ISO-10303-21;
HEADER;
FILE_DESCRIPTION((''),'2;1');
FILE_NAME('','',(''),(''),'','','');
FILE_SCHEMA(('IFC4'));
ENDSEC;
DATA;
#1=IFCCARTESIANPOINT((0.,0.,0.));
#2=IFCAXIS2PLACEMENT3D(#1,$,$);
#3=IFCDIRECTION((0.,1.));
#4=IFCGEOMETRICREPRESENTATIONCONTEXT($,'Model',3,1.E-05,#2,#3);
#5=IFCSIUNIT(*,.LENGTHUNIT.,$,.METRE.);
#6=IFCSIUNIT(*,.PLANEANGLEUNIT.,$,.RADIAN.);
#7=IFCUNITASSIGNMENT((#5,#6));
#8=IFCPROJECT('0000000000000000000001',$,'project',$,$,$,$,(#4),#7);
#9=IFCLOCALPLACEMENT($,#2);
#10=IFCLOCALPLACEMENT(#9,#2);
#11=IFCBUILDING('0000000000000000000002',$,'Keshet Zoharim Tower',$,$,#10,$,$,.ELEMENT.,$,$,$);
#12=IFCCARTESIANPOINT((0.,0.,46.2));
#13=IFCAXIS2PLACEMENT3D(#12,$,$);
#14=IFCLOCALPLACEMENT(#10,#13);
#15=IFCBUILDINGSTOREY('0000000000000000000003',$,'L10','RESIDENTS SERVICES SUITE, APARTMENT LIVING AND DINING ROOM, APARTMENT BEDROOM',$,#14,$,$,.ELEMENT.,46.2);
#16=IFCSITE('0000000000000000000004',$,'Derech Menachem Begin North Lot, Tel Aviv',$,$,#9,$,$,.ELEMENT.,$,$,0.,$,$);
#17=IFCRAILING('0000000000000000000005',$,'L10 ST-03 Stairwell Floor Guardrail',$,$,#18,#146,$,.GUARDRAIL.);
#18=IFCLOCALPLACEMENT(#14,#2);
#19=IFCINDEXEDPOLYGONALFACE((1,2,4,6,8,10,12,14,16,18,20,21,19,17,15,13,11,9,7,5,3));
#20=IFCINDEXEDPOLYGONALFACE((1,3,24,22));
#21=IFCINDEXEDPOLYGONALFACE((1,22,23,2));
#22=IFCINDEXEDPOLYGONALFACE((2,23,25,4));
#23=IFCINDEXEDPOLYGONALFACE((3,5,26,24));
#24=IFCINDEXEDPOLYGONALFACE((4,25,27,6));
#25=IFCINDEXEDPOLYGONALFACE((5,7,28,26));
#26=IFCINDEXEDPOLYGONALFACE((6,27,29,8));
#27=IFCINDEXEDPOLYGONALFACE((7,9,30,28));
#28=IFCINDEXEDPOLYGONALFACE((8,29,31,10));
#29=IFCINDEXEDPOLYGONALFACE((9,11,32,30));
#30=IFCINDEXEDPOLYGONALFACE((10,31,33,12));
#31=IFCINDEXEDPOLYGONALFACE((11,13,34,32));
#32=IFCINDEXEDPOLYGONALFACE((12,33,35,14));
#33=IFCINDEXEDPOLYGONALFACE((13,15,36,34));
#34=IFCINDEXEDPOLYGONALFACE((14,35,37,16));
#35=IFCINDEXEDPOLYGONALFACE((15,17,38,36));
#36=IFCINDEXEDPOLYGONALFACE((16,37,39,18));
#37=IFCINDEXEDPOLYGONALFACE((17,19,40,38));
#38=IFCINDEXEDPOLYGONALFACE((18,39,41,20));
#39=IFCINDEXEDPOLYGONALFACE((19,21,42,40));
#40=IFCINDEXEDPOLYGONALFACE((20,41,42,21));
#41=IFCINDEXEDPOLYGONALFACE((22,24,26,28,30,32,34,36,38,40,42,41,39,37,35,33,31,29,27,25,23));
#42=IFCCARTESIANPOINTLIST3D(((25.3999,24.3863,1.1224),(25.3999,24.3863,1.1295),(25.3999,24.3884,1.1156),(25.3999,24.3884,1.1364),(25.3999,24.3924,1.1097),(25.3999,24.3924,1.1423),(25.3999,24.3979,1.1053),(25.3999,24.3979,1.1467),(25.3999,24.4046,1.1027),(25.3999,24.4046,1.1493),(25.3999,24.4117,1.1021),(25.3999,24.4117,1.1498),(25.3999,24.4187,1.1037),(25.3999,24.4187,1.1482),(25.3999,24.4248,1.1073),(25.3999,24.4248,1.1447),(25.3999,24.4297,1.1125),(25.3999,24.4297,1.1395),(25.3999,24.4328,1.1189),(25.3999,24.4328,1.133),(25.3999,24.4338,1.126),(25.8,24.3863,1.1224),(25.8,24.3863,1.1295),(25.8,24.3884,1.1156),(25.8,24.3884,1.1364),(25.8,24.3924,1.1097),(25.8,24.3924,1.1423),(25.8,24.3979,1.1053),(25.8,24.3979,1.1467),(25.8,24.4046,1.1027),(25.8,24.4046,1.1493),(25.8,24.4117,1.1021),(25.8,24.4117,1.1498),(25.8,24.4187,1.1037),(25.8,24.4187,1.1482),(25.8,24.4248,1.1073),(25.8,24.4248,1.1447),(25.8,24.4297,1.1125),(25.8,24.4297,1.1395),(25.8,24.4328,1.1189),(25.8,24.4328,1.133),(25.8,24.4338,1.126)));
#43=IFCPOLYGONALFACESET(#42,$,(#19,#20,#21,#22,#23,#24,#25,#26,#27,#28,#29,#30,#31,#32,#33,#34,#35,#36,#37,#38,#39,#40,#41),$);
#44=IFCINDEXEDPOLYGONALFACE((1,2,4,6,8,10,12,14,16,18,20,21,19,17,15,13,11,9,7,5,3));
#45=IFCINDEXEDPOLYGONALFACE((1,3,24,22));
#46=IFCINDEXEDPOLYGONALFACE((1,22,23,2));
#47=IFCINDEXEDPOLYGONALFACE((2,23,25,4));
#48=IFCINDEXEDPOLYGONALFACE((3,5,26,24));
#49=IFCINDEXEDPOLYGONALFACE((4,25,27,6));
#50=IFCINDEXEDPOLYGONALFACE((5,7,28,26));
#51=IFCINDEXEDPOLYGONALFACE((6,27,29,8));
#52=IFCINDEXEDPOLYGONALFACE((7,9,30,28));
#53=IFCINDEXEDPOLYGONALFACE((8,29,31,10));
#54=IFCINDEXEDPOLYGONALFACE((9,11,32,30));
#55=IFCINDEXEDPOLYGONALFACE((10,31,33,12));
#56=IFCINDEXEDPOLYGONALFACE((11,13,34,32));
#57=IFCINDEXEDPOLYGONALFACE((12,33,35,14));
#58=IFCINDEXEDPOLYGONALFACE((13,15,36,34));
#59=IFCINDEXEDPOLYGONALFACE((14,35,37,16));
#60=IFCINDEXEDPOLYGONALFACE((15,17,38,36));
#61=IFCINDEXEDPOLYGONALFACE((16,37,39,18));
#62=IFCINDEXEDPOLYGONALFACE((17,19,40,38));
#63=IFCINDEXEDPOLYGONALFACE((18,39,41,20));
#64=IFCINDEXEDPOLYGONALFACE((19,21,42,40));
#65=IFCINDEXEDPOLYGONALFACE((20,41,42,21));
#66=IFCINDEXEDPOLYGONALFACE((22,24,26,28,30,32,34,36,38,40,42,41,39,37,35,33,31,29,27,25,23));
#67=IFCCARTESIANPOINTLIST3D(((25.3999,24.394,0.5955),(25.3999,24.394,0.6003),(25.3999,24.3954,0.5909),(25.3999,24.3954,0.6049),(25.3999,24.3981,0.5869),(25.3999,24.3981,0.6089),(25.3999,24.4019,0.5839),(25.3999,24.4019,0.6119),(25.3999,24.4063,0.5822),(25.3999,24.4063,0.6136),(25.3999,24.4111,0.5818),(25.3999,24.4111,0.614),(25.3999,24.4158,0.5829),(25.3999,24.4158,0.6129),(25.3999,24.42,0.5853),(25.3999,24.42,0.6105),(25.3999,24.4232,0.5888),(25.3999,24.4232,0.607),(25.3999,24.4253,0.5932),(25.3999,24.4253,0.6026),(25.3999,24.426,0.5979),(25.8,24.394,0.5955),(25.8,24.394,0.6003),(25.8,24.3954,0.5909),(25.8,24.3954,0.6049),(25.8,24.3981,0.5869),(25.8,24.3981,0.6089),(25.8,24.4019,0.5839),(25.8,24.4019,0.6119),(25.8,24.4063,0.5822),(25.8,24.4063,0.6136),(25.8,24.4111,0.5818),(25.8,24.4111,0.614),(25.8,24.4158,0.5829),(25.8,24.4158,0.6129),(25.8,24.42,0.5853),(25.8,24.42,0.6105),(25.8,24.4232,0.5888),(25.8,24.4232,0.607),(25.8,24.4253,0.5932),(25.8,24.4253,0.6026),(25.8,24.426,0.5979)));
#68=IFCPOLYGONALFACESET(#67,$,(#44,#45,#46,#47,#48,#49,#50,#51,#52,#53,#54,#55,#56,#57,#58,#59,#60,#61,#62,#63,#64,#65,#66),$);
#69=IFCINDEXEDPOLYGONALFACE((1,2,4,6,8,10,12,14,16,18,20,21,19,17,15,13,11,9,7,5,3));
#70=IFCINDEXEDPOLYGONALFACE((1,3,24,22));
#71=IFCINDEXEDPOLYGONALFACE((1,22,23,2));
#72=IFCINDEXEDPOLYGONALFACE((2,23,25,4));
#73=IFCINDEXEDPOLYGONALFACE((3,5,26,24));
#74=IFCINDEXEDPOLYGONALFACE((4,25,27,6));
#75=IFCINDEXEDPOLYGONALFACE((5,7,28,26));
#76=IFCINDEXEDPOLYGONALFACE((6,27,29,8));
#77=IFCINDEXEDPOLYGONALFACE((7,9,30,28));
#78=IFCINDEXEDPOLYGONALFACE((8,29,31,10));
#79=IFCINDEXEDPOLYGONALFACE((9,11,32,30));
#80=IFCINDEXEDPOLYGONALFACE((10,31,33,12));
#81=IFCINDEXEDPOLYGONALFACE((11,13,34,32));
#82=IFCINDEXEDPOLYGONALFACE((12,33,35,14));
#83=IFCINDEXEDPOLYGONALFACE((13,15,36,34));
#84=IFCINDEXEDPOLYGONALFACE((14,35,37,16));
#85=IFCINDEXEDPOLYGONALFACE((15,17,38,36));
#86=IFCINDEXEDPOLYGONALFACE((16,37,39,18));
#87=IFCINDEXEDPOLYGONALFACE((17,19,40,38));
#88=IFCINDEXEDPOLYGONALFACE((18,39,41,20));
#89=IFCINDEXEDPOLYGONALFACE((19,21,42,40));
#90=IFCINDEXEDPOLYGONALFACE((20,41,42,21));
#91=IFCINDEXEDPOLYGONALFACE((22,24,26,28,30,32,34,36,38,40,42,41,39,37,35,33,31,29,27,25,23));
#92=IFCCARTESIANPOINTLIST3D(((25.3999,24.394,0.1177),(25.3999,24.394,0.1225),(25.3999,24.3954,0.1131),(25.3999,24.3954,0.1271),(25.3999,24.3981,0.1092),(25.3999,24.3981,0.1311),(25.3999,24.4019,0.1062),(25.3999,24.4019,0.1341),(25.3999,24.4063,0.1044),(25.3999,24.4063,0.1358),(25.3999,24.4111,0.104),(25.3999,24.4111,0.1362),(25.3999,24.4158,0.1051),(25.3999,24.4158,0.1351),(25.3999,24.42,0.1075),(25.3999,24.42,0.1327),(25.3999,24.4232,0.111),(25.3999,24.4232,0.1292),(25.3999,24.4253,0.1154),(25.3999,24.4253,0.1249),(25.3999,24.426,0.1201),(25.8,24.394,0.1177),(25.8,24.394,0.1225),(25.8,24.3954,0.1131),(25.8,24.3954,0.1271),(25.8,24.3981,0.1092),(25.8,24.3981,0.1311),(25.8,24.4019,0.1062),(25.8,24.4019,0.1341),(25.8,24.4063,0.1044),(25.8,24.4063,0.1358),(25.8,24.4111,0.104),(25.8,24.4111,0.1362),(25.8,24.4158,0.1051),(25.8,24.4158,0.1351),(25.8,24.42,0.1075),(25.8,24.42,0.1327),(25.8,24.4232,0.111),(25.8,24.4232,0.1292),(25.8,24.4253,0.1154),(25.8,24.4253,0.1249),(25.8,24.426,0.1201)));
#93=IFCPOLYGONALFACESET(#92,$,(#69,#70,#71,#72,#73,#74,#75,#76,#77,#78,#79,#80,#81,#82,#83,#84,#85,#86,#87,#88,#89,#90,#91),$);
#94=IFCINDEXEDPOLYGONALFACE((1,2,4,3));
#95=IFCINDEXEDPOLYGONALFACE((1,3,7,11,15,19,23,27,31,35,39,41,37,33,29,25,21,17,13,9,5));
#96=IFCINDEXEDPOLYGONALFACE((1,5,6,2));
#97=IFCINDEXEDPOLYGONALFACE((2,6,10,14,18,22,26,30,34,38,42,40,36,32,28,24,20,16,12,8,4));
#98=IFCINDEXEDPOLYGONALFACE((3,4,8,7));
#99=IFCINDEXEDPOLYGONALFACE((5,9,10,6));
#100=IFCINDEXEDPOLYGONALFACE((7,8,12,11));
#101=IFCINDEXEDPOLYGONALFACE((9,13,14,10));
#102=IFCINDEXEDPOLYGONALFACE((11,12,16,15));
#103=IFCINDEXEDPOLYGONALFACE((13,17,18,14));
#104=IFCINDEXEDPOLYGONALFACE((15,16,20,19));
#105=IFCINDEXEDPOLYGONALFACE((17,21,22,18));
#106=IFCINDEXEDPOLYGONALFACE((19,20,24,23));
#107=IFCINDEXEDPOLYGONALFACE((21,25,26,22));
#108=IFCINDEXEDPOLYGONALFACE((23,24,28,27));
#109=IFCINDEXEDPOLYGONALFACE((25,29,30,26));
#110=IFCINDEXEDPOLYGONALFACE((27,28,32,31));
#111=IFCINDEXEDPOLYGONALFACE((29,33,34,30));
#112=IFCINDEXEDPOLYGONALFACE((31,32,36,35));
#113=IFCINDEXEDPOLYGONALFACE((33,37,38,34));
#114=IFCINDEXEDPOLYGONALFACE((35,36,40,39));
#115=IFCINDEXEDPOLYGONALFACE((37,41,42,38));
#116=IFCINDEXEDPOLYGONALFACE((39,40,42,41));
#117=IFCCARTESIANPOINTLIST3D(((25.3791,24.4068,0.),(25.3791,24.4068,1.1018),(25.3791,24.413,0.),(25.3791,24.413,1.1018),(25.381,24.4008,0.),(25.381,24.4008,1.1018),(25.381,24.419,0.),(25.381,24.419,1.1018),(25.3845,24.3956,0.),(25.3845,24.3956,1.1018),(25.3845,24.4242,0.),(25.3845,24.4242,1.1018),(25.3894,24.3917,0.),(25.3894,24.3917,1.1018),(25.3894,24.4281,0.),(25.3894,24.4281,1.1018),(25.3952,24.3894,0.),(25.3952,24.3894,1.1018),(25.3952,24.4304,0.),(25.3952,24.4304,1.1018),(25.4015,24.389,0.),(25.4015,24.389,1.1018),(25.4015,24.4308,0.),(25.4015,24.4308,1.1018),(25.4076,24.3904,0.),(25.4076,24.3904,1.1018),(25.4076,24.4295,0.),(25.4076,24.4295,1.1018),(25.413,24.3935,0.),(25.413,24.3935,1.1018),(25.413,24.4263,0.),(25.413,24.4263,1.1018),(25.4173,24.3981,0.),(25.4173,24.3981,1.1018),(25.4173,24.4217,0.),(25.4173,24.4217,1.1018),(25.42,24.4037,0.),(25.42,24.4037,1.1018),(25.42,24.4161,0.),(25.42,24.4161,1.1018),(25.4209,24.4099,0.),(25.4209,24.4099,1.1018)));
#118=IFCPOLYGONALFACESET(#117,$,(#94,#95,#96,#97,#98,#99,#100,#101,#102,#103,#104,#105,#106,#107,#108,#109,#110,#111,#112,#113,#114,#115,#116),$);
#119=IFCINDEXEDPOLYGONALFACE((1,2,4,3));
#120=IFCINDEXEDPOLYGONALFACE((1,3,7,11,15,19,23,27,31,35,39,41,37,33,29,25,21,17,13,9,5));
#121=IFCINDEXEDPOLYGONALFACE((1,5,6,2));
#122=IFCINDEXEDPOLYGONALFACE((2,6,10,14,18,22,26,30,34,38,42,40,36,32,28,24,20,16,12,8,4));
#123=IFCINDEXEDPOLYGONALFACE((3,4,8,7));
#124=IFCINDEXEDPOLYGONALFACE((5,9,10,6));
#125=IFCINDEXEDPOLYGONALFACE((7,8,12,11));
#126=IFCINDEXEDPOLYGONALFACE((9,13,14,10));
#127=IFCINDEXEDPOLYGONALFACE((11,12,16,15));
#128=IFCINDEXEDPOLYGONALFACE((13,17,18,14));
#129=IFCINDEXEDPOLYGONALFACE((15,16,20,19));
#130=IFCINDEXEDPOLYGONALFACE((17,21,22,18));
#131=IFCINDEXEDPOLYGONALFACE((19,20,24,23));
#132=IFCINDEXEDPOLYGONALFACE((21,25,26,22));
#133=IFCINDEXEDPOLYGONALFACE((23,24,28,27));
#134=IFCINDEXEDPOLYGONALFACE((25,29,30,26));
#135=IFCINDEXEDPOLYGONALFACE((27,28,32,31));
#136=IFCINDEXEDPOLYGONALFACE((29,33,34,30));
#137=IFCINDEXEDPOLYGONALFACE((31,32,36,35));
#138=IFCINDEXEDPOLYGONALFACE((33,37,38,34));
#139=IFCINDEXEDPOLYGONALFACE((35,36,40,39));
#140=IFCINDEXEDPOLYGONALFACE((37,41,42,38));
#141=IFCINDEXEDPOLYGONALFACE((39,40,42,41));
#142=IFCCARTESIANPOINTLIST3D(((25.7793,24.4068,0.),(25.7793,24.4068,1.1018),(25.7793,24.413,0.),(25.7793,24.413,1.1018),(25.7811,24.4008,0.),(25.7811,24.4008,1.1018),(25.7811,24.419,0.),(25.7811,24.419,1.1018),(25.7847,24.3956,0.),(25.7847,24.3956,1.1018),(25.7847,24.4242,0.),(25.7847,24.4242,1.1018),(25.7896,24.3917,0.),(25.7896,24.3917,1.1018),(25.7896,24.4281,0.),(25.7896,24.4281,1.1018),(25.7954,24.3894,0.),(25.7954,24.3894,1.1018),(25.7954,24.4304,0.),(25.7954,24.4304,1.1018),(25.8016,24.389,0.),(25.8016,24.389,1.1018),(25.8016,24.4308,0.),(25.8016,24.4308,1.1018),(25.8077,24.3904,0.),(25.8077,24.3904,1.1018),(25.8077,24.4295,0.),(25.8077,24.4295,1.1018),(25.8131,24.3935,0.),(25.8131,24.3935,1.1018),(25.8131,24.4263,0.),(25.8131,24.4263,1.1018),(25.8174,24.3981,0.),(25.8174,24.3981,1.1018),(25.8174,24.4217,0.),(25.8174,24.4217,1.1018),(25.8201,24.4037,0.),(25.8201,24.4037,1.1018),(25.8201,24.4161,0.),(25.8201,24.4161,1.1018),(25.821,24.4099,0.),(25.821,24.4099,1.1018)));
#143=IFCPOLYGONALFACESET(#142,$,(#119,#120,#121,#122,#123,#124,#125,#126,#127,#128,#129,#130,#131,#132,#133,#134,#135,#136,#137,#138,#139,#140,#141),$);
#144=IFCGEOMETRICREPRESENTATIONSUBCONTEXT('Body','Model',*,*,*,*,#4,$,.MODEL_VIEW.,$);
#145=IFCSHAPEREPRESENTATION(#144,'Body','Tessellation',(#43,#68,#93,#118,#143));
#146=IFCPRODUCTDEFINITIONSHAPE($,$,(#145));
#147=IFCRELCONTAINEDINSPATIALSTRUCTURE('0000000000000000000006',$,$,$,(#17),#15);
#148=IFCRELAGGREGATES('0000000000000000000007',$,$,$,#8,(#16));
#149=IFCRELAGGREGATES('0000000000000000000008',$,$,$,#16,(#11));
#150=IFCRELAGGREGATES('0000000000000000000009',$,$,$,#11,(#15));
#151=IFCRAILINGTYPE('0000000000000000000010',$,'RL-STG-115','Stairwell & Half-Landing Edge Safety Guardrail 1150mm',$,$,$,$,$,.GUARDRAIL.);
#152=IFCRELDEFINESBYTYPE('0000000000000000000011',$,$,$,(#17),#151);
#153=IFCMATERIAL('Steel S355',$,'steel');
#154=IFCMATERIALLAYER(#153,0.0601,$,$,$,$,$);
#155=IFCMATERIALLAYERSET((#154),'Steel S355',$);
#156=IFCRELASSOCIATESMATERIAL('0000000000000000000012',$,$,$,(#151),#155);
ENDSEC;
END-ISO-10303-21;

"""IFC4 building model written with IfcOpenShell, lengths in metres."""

from ifc_helpers import new_model, si_unit, direction, frame, origin, origin_2d, place, context, subcontext, project, spatial, circle, extrude, material, layer, layer_set, type_object, element, save


model = new_model("IFC4")

# Units and contexts
model_context = context("Model", 3, precision=1e-05, world=origin(), true_north=direction((0.0, 1.0)))
body_context = subcontext(model_context, "Body", "Model", "MODEL_VIEW")
ifc_project = project(units=[si_unit("LENGTHUNIT", "METRE"), si_unit("PLANEANGLEUNIT", "RADIAN")], contexts=[model_context])

# Site, building, storey
site_placement = place(None, origin())
site = spatial("IfcSite", under=ifc_project, at=site_placement, Name="Derech Menachem Begin North Lot, Tel Aviv", CompositionType="ELEMENT", RefElevation=0.0)
building_placement = place(site_placement, origin())
building = spatial("IfcBuilding", under=site, at=building_placement, Name="Keshet Zoharim Tower", CompositionType="ELEMENT")
storey_placement = place(building_placement, frame((0.0, 0.0, 46.2)))
storey = spatial("IfcBuildingStorey", under=building, at=storey_placement, Name="L10", Description="RESIDENTS SERVICES SUITE, APARTMENT LIVING AND DINING ROOM, APARTMENT BEDROOM", CompositionType="ELEMENT", Elevation=46.2)

# Shared definitions
ifc_material_1 = material(Name="Steel S355", Category="steel")

# Railing
ifc_layer_1 = layer(ifc_material_1, 0.0601)
ifc_layer_set_1 = layer_set([ifc_layer_1], Name="Steel S355")
railing_type_1 = type_object("IfcRailingType", Name="RL-STG-115", Description="Stairwell & Half-Landing Edge Safety Guardrail 1150mm", PredefinedType="GUARDRAIL", material=ifc_layer_set_1)
railing_1_placement = place(storey_placement, frame((25.3999, 24.4099, 0.0)))
element("IfcRailing", 1, at=railing_1_placement, inside=storey, type_object=railing_type_1, Name="L10 ST-03 Stairwell Floor Guardrail", PredefinedType="GUARDRAIL", context=body_context, shape_type="SweptSolid", body=[
    extrude(circle(Radius=0.0239, at=origin_2d()), frame((0.0, 0.0, 1.126), z_axis=(1.0, 0.0, 0.0), x_axis=(0.0, 1.0, 0.0)), (0.0, 0.0, 1.0), 0.4001),
    extrude(circle(Radius=0.0161, at=origin_2d()), frame((0.0, 0.0, 0.5979), z_axis=(1.0, 0.0, 0.0), x_axis=(0.0, 1.0, 0.0)), (0.0, 0.0, 1.0), 0.4001),
    extrude(circle(Radius=0.0161, at=origin_2d()), frame((0.0, 0.0, 0.1201), z_axis=(1.0, 0.0, 0.0), x_axis=(0.0, 1.0, 0.0)), (0.0, 0.0, 1.0), 0.4001),
    extrude(circle(Radius=0.021, at=origin_2d()), origin(), (0.0, 0.0, 1.0), 1.1018),
    extrude(circle(Radius=0.021, at=origin_2d()), frame((0.4001, 0.0, 0.0)), (0.0, 0.0, 1.0), 1.1018),
])

save(model, "model.ifc")
